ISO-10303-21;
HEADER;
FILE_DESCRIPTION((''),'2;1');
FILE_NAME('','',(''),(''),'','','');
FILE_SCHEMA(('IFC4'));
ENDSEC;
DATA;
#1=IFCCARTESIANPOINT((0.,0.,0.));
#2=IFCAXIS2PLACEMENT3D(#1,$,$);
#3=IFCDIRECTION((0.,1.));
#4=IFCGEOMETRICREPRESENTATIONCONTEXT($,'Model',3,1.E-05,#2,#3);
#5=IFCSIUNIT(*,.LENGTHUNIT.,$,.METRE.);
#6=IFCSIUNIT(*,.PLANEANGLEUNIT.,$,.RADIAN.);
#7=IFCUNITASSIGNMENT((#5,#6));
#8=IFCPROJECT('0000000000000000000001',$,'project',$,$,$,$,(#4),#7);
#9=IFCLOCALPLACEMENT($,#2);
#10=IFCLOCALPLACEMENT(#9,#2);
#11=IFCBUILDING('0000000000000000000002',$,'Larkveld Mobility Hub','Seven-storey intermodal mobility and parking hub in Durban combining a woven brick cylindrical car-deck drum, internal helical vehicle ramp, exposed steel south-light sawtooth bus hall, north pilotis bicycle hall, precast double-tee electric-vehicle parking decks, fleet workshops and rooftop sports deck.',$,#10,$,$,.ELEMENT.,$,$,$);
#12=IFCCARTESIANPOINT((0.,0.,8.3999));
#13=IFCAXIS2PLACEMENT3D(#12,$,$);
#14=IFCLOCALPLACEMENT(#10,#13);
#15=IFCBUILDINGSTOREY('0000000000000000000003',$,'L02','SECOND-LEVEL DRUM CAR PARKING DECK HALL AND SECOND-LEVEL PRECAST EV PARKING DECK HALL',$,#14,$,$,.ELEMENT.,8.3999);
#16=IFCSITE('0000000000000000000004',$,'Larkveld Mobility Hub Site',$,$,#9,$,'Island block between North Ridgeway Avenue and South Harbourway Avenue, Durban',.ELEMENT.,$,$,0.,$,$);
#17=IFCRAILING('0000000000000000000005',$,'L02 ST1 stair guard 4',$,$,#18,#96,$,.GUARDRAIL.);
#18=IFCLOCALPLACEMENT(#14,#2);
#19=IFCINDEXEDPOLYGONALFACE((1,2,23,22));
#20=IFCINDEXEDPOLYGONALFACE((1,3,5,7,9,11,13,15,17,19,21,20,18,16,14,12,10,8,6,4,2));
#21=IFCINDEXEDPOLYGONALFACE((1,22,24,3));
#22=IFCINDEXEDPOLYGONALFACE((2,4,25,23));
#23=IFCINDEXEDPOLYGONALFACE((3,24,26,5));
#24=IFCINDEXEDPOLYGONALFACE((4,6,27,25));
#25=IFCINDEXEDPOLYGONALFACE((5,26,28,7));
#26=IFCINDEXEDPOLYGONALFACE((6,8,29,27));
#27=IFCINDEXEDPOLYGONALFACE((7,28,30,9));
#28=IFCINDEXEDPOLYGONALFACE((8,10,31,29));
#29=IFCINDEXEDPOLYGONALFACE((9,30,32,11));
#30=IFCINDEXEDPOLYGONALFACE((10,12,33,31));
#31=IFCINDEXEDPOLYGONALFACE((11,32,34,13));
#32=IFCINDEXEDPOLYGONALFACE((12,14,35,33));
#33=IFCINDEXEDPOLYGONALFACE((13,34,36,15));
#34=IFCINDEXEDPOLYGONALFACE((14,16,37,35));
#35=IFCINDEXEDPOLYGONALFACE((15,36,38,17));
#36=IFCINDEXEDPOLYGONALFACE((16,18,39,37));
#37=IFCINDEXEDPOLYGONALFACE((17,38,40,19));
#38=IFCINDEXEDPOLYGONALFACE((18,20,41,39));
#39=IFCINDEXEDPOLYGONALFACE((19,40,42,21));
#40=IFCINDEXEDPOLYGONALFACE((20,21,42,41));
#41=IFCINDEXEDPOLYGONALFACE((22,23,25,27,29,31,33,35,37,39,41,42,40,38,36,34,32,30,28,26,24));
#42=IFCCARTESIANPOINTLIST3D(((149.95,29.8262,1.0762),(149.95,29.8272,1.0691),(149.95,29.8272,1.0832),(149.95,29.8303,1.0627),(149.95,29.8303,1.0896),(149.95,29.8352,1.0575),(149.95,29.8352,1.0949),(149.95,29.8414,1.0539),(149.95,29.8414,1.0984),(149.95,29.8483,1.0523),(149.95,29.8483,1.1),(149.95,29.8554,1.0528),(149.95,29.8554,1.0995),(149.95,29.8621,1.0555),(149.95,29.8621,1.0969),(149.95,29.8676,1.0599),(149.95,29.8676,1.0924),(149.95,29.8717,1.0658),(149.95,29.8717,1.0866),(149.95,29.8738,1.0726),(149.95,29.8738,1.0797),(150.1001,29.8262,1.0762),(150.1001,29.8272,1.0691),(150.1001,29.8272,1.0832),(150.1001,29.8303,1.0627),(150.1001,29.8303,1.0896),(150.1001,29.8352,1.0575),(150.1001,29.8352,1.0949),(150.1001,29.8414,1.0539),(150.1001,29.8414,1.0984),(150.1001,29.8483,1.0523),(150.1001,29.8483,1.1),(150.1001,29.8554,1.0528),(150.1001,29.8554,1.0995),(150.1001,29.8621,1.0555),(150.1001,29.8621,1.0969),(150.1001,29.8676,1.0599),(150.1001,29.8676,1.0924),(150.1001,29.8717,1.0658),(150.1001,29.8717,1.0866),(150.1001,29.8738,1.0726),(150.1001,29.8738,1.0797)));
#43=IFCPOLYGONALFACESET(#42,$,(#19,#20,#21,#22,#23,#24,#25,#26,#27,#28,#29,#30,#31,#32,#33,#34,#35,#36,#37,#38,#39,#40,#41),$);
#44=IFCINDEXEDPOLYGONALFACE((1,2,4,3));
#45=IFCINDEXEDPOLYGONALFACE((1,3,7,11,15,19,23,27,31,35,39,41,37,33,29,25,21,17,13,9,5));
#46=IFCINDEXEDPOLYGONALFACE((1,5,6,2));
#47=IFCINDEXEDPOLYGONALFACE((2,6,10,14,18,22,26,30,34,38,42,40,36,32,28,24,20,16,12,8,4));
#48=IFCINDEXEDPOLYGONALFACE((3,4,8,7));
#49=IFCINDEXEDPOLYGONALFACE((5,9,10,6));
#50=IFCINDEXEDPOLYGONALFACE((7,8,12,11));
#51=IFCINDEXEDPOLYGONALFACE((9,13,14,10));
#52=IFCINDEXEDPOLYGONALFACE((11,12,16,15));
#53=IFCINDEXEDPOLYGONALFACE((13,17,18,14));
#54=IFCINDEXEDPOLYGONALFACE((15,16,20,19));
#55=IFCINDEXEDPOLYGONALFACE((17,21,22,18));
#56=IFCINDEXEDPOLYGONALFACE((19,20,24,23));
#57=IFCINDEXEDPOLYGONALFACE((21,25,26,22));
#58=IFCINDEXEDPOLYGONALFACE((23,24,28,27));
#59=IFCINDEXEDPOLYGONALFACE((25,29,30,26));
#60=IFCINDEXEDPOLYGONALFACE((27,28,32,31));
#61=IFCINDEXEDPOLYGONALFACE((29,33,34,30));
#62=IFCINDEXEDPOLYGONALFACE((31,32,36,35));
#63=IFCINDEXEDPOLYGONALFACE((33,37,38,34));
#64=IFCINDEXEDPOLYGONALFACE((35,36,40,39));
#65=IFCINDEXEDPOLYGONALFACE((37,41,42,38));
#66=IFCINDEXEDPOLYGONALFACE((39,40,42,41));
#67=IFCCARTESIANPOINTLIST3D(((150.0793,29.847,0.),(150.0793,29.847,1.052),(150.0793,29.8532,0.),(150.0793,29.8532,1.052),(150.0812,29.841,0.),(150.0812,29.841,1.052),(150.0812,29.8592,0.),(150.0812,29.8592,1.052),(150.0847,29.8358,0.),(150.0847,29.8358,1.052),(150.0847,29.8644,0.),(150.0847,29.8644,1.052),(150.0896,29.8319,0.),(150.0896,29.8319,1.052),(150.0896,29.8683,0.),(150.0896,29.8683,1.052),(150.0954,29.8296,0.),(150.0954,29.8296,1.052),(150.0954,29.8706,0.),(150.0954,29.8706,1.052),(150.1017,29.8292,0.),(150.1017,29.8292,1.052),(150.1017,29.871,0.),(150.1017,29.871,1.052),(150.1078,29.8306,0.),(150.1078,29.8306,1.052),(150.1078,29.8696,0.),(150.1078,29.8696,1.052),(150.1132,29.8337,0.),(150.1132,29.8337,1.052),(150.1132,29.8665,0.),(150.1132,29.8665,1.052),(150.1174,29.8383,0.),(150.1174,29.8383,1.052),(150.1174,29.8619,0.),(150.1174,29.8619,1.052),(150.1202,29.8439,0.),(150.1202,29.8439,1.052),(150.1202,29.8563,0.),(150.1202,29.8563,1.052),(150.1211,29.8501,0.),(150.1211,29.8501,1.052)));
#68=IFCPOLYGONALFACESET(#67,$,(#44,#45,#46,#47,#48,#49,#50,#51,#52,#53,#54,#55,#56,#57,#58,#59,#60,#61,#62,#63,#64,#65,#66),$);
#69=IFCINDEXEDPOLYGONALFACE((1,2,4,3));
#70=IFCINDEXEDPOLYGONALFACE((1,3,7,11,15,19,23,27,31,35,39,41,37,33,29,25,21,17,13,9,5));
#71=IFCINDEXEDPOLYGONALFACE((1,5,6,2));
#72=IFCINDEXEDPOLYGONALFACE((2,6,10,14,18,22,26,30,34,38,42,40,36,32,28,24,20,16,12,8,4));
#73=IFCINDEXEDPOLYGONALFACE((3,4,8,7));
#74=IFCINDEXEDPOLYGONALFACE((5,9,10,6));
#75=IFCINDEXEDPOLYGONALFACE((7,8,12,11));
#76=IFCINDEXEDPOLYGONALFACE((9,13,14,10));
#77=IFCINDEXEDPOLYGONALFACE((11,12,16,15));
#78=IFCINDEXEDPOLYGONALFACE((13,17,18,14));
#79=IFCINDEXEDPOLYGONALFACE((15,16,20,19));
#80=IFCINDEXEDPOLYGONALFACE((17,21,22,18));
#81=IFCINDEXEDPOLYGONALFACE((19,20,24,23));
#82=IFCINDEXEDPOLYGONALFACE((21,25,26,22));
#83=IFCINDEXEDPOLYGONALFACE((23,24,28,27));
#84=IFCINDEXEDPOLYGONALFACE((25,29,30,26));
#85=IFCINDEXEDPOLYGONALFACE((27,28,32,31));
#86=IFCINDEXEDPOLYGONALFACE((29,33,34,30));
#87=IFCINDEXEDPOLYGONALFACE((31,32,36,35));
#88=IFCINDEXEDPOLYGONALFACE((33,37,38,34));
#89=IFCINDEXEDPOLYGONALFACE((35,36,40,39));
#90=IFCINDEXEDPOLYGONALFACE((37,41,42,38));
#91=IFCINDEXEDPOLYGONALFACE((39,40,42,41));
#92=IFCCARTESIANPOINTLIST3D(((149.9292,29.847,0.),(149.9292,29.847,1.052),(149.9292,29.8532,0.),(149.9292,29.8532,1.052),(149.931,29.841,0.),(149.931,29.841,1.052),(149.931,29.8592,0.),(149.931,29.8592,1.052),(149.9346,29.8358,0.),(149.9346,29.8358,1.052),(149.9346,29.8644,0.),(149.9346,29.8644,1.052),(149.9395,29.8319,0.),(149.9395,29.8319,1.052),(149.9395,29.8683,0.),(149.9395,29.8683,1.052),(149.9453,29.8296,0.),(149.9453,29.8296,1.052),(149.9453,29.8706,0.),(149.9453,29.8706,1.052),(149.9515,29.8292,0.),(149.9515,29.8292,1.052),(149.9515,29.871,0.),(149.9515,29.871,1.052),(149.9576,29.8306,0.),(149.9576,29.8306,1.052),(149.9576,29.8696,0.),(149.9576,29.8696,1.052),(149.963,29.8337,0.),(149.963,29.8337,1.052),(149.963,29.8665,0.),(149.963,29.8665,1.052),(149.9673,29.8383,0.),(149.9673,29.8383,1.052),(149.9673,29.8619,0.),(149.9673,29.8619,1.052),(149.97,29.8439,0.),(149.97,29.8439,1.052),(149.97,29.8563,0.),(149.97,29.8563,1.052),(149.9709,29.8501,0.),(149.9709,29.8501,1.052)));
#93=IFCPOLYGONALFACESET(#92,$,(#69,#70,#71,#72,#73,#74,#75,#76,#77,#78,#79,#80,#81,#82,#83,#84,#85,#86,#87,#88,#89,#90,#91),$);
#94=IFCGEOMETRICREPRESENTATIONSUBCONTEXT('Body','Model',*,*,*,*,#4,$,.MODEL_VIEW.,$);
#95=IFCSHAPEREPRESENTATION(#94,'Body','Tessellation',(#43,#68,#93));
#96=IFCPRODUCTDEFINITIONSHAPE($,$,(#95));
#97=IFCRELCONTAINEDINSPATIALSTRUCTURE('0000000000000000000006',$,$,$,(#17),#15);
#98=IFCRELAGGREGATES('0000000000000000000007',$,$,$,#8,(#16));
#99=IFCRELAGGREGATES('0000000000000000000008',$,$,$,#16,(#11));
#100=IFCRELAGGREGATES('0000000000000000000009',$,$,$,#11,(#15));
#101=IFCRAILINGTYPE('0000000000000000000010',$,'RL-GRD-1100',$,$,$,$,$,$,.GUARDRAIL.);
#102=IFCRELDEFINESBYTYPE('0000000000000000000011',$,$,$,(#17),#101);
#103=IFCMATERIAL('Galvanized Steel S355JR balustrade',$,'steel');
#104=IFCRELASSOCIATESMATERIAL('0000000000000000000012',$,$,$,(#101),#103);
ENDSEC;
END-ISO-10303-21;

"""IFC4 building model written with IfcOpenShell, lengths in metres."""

from ifc_helpers import new_model, si_unit, direction, frame, origin, origin_2d, place, context, subcontext, project, spatial, circle, extrude, material, type_object, element, save


model = new_model("IFC4")

# Units and contexts
model_context = context("Model", 3, precision=1e-05, world=origin(), true_north=direction((0.0, 1.0)))
body_context = subcontext(model_context, "Body", "Model", "MODEL_VIEW")
ifc_project = project(units=[si_unit("LENGTHUNIT", "METRE"), si_unit("PLANEANGLEUNIT", "RADIAN")], contexts=[model_context])

# Site, building, storey
site_placement = place(None, origin())
site = spatial("IfcSite", under=ifc_project, at=site_placement, Name="Larkveld Mobility Hub Site", LongName="Island block between North Ridgeway Avenue and South Harbourway Avenue, Durban", CompositionType="ELEMENT", RefElevation=0.0)
building_placement = place(site_placement, origin())
building = spatial("IfcBuilding", under=site, at=building_placement, Name="Larkveld Mobility Hub", Description="Seven-storey intermodal mobility and parking hub in Durban combining a woven brick cylindrical car-deck drum, internal helical vehicle ramp, exposed steel south-light sawtooth bus hall, north pilotis bicycle hall, precast double-tee electric-vehicle parking decks, fleet workshops and rooftop sports deck.", CompositionType="ELEMENT")
storey_placement = place(building_placement, frame((0.0, 0.0, 8.3999)))
storey = spatial("IfcBuildingStorey", under=building, at=storey_placement, Name="L02", Description="SECOND-LEVEL DRUM CAR PARKING DECK HALL AND SECOND-LEVEL PRECAST EV PARKING DECK HALL", CompositionType="ELEMENT", Elevation=8.3999)

# Railing
ifc_material_1 = material(Name="Galvanized Steel S355JR balustrade", Category="steel")
railing_type_1 = type_object("IfcRailingType", Name="RL-GRD-1100", PredefinedType="GUARDRAIL", material=ifc_material_1)
railing_1_placement = place(storey_placement, frame((150.1001, 29.8501, 0.0)))
element("IfcRailing", 1, at=railing_1_placement, inside=storey, type_object=railing_type_1, Name="L02 ST1 stair guard 4", PredefinedType="GUARDRAIL", context=body_context, shape_type="SweptSolid", body=[
    extrude(circle(Radius=0.0239, at=origin_2d()), frame((0.0, 0.0, 1.0762), z_axis=(-1.0, 0.0, 0.0), x_axis=(0.0, -1.0, 0.0)), (0.0, 0.0, 1.0), 0.1501),
    extrude(circle(Radius=0.021, at=origin_2d()), origin(), (0.0, 0.0, 1.0), 1.052),
    extrude(circle(Radius=0.021, at=origin_2d()), frame((-0.1501, 0.0, 0.0)), (0.0, 0.0, 1.0), 1.052),
])

save(model, "model.ifc")
